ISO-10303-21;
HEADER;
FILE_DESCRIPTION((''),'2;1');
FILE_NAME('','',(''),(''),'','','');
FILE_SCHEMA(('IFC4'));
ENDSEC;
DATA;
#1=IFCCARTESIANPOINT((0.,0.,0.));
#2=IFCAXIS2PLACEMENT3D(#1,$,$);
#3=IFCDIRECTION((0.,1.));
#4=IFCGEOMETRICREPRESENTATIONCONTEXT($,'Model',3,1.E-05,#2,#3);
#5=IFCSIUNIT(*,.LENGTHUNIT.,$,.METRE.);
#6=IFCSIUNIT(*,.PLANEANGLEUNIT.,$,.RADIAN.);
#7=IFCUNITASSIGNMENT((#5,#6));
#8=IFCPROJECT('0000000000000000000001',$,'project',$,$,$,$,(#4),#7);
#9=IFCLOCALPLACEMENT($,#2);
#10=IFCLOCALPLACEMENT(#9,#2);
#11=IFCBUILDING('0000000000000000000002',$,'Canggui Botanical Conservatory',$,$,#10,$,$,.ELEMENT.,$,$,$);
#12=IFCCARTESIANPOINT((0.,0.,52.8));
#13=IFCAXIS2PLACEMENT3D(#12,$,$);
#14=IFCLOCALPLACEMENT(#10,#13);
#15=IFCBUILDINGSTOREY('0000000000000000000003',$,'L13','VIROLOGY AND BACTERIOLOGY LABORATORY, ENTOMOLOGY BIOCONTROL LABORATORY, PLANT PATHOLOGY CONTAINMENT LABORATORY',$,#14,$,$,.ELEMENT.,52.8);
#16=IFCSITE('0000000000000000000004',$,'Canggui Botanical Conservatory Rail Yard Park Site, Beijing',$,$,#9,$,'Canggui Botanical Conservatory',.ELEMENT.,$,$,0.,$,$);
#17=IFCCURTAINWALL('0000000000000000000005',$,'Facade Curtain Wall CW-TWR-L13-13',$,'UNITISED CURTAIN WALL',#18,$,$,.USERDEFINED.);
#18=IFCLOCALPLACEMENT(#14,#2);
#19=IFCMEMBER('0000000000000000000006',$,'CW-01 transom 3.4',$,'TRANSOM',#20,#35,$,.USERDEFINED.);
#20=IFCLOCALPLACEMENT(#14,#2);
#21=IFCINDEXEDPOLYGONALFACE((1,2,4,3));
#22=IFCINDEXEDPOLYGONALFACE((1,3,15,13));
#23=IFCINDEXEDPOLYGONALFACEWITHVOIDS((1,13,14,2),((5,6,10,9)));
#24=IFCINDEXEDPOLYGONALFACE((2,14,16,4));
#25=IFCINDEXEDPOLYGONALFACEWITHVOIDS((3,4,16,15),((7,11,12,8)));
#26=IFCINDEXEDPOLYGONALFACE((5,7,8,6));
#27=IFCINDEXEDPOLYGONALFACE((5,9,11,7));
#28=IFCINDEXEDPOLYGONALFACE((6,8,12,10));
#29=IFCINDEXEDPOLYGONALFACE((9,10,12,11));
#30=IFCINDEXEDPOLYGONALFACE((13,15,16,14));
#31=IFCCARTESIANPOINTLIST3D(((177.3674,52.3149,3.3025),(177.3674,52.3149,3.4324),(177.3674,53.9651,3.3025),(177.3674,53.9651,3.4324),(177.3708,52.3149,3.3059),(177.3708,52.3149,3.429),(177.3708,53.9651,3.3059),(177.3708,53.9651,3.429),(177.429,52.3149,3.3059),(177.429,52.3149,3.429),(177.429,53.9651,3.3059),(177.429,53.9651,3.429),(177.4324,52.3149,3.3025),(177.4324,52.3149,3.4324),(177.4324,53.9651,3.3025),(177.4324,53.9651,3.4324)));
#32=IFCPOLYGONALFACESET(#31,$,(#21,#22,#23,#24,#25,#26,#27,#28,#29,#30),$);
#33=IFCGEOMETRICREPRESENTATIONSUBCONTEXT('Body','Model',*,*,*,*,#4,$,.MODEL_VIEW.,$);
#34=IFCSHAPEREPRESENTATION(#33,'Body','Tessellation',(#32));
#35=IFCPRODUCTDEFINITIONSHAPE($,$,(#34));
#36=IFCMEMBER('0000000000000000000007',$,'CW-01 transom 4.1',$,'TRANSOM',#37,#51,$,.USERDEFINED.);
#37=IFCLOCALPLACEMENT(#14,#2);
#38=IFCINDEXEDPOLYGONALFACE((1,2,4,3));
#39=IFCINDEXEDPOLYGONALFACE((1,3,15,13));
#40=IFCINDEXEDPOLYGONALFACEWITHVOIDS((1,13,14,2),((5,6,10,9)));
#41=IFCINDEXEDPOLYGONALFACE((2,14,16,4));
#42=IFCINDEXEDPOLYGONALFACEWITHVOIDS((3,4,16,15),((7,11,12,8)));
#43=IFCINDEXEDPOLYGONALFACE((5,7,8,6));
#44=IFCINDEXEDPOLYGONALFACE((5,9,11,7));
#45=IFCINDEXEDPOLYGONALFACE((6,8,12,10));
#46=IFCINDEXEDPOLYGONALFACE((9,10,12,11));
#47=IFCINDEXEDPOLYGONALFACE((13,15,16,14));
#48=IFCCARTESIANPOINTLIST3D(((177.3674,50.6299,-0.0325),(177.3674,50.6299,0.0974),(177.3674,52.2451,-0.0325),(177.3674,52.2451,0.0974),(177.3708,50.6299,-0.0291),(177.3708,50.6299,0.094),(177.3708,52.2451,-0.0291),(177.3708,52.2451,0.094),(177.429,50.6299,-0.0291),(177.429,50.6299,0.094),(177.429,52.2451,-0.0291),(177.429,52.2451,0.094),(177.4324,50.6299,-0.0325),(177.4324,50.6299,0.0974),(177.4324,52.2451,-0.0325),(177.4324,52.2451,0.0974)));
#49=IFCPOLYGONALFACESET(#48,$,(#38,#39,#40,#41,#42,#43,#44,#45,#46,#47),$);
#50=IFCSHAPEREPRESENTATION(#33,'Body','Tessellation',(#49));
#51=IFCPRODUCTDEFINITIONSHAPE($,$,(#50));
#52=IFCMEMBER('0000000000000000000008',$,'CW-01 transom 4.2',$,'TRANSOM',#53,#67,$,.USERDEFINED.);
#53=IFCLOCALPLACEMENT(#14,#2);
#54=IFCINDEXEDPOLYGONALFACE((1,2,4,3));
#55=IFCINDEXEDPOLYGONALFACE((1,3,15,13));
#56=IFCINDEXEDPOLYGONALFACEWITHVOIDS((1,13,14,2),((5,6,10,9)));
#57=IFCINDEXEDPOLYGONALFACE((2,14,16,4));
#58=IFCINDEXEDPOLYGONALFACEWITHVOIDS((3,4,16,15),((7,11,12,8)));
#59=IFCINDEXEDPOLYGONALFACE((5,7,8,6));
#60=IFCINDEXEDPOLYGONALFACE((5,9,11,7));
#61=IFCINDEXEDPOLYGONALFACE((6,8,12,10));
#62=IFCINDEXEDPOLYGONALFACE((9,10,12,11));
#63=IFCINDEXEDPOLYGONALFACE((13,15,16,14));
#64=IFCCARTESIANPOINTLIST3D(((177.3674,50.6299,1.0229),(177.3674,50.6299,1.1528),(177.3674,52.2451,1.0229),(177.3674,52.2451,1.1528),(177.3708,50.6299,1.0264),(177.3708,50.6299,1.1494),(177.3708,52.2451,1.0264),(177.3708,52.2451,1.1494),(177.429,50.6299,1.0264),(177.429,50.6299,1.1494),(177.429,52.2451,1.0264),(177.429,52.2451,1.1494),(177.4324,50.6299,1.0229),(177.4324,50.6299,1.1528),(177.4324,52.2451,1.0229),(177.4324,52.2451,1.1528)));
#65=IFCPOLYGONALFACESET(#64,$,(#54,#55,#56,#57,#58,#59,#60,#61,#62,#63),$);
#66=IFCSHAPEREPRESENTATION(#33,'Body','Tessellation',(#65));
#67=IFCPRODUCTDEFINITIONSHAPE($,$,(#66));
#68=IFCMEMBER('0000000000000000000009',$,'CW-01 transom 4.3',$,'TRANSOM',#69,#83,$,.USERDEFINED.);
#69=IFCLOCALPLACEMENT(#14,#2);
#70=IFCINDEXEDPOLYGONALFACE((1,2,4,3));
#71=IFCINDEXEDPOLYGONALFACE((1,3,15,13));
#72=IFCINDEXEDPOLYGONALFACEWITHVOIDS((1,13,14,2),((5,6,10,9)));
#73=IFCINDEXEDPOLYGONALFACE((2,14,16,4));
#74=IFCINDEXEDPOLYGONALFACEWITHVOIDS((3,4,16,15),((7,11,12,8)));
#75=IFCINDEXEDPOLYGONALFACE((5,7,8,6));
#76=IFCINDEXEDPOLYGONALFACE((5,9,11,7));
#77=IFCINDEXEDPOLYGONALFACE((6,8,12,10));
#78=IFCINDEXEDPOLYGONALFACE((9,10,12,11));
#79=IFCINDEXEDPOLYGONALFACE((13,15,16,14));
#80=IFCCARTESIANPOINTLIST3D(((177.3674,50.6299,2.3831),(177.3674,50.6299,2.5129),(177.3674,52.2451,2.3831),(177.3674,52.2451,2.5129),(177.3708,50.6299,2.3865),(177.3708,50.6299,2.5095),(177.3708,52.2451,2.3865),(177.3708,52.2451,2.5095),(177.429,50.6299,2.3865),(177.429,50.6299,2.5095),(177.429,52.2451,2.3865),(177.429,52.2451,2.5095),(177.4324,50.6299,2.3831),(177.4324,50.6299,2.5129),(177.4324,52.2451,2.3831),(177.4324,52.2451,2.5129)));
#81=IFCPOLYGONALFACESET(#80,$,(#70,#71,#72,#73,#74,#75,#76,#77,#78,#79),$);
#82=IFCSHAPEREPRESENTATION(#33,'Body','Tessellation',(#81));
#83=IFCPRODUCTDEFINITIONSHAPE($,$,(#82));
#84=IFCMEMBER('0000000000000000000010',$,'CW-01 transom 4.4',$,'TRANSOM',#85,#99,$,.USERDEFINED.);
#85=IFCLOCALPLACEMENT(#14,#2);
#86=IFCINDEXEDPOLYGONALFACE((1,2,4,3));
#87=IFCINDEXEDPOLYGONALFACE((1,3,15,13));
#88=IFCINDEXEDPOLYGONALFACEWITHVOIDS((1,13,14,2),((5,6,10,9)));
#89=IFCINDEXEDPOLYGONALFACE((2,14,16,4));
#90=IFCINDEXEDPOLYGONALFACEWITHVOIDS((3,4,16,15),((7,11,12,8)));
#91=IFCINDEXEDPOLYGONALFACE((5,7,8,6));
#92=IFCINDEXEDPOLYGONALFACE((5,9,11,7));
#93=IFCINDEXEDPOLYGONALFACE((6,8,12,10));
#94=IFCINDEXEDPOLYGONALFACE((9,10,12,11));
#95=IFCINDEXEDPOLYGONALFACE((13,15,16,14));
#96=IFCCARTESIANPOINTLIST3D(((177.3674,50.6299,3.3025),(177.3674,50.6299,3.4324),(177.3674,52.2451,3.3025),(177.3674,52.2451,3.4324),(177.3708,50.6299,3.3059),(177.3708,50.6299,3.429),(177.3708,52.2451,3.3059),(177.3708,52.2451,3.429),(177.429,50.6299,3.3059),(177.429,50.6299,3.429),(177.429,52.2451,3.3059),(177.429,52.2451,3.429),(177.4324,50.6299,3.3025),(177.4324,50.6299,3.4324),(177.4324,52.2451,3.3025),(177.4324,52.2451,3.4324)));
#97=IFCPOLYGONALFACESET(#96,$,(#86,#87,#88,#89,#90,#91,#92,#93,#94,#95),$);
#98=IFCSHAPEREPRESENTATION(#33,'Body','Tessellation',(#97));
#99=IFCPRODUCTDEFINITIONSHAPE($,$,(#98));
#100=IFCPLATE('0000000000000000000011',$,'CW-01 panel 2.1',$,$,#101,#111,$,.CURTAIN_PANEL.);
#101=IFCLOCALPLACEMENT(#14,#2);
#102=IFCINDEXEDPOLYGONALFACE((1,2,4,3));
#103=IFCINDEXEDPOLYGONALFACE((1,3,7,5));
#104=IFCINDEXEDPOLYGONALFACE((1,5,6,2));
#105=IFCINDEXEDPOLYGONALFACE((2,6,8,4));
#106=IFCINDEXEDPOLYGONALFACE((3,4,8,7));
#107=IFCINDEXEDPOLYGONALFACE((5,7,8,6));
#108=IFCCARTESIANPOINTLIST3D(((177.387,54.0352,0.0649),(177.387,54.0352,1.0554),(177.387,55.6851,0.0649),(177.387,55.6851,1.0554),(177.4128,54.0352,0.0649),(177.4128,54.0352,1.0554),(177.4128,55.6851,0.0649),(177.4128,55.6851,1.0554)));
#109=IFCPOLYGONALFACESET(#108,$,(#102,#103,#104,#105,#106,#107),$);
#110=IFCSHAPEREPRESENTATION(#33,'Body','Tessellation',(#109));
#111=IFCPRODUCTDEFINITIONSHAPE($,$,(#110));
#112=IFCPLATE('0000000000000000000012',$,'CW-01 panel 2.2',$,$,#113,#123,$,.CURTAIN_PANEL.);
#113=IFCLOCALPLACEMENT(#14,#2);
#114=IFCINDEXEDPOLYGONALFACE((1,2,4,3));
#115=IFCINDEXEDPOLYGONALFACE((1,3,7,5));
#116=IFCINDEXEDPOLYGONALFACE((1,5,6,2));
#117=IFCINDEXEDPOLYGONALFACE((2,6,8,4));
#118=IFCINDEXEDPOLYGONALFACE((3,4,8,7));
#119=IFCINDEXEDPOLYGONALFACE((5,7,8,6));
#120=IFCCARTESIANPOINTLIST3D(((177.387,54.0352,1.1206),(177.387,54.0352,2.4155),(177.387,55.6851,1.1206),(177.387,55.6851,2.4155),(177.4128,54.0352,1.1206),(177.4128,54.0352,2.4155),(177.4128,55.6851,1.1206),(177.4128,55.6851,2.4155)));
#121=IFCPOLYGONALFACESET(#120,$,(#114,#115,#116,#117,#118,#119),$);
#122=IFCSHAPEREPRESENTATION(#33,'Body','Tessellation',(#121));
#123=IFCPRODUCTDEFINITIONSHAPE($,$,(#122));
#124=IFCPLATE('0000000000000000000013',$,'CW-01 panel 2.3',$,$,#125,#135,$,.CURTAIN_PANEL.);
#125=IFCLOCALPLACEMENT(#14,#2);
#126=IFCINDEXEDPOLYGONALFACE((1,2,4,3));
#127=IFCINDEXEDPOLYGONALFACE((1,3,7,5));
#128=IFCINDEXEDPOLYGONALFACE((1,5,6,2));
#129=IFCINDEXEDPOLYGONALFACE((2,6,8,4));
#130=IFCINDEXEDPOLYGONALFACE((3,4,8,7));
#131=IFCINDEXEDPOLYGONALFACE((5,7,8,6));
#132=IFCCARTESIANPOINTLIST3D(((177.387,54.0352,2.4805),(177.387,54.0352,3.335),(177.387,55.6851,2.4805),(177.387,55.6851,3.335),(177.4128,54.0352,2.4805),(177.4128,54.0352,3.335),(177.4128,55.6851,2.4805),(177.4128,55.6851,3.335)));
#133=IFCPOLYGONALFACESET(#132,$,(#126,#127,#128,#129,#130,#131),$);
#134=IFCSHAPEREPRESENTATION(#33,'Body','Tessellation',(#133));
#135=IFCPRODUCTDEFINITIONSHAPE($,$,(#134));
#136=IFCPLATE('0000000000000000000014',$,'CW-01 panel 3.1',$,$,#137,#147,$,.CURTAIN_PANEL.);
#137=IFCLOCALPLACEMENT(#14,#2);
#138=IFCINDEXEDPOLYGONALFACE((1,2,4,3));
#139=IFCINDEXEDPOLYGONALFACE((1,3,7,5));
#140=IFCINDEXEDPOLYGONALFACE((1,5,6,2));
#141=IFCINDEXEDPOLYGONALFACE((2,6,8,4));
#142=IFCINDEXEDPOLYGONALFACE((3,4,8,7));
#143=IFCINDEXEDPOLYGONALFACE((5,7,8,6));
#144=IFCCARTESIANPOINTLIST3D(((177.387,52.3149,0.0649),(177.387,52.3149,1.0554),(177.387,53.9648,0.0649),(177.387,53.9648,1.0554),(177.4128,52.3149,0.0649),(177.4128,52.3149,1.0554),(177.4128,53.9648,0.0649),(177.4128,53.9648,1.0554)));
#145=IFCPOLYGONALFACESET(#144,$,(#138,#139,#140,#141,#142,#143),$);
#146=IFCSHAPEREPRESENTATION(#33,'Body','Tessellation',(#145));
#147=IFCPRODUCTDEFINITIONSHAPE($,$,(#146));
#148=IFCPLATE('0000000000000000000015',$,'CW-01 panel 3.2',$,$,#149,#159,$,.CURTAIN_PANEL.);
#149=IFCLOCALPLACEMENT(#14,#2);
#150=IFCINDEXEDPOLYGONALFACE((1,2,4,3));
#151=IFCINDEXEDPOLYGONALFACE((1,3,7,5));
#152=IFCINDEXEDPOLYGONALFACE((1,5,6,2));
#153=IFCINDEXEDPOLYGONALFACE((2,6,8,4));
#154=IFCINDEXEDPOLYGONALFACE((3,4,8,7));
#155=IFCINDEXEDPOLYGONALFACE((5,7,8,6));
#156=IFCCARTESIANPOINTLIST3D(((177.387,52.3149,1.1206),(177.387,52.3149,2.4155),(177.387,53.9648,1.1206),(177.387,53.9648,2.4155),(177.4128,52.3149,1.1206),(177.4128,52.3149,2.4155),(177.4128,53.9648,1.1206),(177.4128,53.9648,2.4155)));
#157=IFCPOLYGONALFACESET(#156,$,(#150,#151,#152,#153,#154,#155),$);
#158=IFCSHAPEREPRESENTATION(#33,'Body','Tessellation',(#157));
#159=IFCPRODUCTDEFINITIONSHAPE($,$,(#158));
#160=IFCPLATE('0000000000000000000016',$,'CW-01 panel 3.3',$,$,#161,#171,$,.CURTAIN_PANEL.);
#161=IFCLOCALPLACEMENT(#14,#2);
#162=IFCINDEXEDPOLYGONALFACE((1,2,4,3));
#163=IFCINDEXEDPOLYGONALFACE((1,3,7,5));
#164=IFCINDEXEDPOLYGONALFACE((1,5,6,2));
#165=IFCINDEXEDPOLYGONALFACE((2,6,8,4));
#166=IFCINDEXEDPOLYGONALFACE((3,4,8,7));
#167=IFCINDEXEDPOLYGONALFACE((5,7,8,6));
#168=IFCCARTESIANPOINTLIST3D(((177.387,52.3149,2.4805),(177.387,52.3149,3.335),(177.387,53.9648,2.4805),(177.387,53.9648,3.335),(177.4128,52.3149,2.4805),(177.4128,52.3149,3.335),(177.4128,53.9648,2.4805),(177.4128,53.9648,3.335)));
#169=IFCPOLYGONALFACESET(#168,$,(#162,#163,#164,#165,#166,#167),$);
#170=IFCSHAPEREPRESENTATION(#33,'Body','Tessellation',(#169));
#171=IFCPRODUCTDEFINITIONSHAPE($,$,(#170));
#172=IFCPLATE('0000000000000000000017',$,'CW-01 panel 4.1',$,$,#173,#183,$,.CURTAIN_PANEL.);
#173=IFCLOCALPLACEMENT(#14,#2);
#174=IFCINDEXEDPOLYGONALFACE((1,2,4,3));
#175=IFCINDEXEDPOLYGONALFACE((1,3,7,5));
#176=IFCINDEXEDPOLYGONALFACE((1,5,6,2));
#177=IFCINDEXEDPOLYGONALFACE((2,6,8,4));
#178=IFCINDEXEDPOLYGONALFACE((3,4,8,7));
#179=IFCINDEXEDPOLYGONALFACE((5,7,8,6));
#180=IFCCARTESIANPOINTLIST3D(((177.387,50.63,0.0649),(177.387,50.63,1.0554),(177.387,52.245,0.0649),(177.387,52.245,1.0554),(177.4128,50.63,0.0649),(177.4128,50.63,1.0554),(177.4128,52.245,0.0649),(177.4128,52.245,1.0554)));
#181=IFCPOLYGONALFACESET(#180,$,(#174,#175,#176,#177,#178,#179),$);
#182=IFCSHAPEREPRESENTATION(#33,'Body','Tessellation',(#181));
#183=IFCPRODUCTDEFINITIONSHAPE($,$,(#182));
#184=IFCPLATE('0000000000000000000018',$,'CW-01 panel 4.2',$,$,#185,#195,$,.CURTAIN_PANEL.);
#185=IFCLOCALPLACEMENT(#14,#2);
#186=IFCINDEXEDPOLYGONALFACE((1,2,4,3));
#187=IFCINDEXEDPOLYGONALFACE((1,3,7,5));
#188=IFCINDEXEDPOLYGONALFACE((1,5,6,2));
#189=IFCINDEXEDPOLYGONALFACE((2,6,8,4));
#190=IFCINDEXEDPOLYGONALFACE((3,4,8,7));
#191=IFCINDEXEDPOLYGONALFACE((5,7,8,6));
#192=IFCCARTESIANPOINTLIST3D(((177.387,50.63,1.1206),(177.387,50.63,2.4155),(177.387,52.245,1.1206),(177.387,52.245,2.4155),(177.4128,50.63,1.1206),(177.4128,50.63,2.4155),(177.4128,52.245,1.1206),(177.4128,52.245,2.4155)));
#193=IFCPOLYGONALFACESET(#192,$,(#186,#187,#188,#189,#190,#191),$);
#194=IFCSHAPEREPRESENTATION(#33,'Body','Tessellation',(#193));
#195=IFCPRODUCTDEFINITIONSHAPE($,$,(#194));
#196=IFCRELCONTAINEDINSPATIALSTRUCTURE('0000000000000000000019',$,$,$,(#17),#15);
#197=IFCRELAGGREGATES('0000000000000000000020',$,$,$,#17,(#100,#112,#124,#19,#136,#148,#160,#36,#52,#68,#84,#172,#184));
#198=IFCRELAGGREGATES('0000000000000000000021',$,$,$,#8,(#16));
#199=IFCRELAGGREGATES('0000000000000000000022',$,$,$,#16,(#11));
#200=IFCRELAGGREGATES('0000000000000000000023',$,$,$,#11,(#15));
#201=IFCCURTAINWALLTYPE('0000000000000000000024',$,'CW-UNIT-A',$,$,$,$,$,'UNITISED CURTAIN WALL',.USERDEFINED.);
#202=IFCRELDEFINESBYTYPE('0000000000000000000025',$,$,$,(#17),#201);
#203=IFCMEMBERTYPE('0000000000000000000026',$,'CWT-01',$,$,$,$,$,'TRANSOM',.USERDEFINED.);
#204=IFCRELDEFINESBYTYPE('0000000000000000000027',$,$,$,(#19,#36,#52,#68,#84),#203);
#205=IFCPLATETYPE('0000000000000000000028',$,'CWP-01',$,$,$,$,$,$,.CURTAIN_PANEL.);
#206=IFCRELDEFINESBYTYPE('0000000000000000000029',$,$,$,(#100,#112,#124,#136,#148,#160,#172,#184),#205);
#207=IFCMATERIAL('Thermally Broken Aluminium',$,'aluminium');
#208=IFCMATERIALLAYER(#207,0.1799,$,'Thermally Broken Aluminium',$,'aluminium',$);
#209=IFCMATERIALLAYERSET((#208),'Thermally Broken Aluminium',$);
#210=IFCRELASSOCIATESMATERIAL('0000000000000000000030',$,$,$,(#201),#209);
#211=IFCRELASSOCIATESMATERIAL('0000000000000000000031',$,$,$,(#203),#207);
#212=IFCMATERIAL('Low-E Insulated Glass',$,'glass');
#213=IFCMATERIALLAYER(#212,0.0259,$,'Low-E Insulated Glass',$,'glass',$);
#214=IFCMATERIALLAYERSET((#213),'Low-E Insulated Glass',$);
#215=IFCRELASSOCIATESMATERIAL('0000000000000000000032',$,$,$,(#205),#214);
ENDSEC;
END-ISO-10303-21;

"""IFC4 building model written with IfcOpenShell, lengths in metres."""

from ifc_helpers import new_model, si_unit, direction, frame, origin, origin_2d, place, context, subcontext, project, spatial, rectangle, hollow_rectangle, extrude, material, layer, layer_set, material_profile, profile_set, type_object, element, aggregate, save


model = new_model("IFC4")

# Units and contexts
model_context = context("Model", 3, precision=1e-05, world=origin(), true_north=direction((0.0, 1.0)))
body_context = subcontext(model_context, "Body", "Model", "MODEL_VIEW")
ifc_project = project(units=[si_unit("LENGTHUNIT", "METRE"), si_unit("PLANEANGLEUNIT", "RADIAN")], contexts=[model_context])

# Site, building, storey
site_placement = place(None, origin())
site = spatial("IfcSite", under=ifc_project, at=site_placement, Name="Canggui Botanical Conservatory Rail Yard Park Site, Beijing", LongName="Canggui Botanical Conservatory", CompositionType="ELEMENT", RefElevation=0.0)
building_placement = place(site_placement, origin())
building = spatial("IfcBuilding", under=site, at=building_placement, Name="Canggui Botanical Conservatory", CompositionType="ELEMENT")
storey_placement = place(building_placement, frame((0.0, 0.0, 52.8)))
storey = spatial("IfcBuildingStorey", under=building, at=storey_placement, Name="L13", Description="VIROLOGY AND BACTERIOLOGY LABORATORY, ENTOMOLOGY BIOCONTROL LABORATORY, PLANT PATHOLOGY CONTAINMENT LABORATORY", CompositionType="ELEMENT", Elevation=52.8)

# Curtain wall, members, plates
ifc_material_1 = material(Name="Thermally Broken Aluminium", Category="aluminium")
ifc_layer_1 = layer(ifc_material_1, 0.1799, Name="Thermally Broken Aluminium", Category="aluminium")
ifc_layer_set_1 = layer_set([ifc_layer_1], Name="Thermally Broken Aluminium")
curtain_wall_type = type_object("IfcCurtainWallType", Name="CW-UNIT-A", ElementType="UNITISED CURTAIN WALL", PredefinedType="USERDEFINED", material=ifc_layer_set_1)
curtain_wall_placement = place(storey_placement, origin())
curtain_wall = element("IfcCurtainWall", 1, at=curtain_wall_placement, inside=storey, type_object=curtain_wall_type, Name="Facade Curtain Wall CW-TWR-L13-13", ObjectType="UNITISED CURTAIN WALL", PredefinedType="USERDEFINED")
ifc_material_profile_1 = material_profile(ifc_material_1, hollow_rectangle(XDim=0.0649, YDim=0.1299, WallThickness=0.0034, at=origin_2d()), Name="CWT 65x130x3.5")
ifc_profile_set_1 = profile_set([ifc_material_profile_1], Name="Thermally Broken Aluminium")
member_type_1 = type_object("IfcMemberType", Name="CWT-01", ElementType="TRANSOM", PredefinedType="USERDEFINED", material=ifc_profile_set_1)
member_1_placement = place(storey_placement, frame((177.3999, 53.9651, 3.3674), z_axis=(0.0, -1.0, 0.0), x_axis=(1.0, 0.0, 0.0)))
member_1 = element("IfcMember", 2, at=member_1_placement, type_object=member_type_1, Name="CW-01 transom 3.4", ObjectType="TRANSOM", PredefinedType="USERDEFINED", context=body_context, shape_type="SweptSolid", body=[
    extrude(hollow_rectangle(XDim=0.0649, YDim=0.1299, WallThickness=0.0034, at=origin_2d()), origin(), (0.0, 0.0, 1.0), 1.6501),
])
member_2_placement = place(storey_placement, frame((177.3999, 52.2451, 0.0325), z_axis=(0.0, -1.0, 0.0), x_axis=(1.0, 0.0, 0.0)))
member_2 = element("IfcMember", 3, at=member_2_placement, type_object=member_type_1, Name="CW-01 transom 4.1", ObjectType="TRANSOM", PredefinedType="USERDEFINED", context=body_context, shape_type="SweptSolid", body=[
    extrude(hollow_rectangle(XDim=0.0649, YDim=0.1299, WallThickness=0.0034, at=origin_2d()), origin(), (0.0, 0.0, 1.0), 1.6152),
])
member_3_placement = place(storey_placement, frame((177.3999, 52.2451, 1.0879), z_axis=(0.0, -1.0, 0.0), x_axis=(1.0, 0.0, 0.0)))
member_3 = element("IfcMember", 4, at=member_3_placement, type_object=member_type_1, Name="CW-01 transom 4.2", ObjectType="TRANSOM", PredefinedType="USERDEFINED", context=body_context, shape_type="SweptSolid", body=[
    extrude(hollow_rectangle(XDim=0.0649, YDim=0.1299, WallThickness=0.0034, at=origin_2d()), origin(), (0.0, 0.0, 1.0), 1.6152),
])
member_4_placement = place(storey_placement, frame((177.3999, 52.2451, 2.448), z_axis=(0.0, -1.0, 0.0), x_axis=(1.0, 0.0, 0.0)))
member_4 = element("IfcMember", 5, at=member_4_placement, type_object=member_type_1, Name="CW-01 transom 4.3", ObjectType="TRANSOM", PredefinedType="USERDEFINED", context=body_context, shape_type="SweptSolid", body=[
    extrude(hollow_rectangle(XDim=0.0649, YDim=0.1299, WallThickness=0.0034, at=origin_2d()), origin(), (0.0, 0.0, 1.0), 1.6152),
])
member_5_placement = place(storey_placement, frame((177.3999, 52.2451, 3.3674), z_axis=(0.0, -1.0, 0.0), x_axis=(1.0, 0.0, 0.0)))
member_5 = element("IfcMember", 6, at=member_5_placement, type_object=member_type_1, Name="CW-01 transom 4.4", ObjectType="TRANSOM", PredefinedType="USERDEFINED", context=body_context, shape_type="SweptSolid", body=[
    extrude(hollow_rectangle(XDim=0.0649, YDim=0.1299, WallThickness=0.0034, at=origin_2d()), origin(), (0.0, 0.0, 1.0), 1.6152),
])
ifc_material_2 = material(Name="Low-E Insulated Glass", Category="glass")
ifc_layer_2 = layer(ifc_material_2, 0.0259, Name="Low-E Insulated Glass", Category="glass")
ifc_layer_set_2 = layer_set([ifc_layer_2], Name="Low-E Insulated Glass")
plate_type = type_object("IfcPlateType", Name="CWP-01", PredefinedType="CURTAIN_PANEL", material=ifc_layer_set_2)
plate_1_placement = place(storey_placement, frame((177.3999, 54.8601, 0.0649), z_axis=(0.0, 0.0, 1.0), x_axis=(0.0, -1.0, 0.0)))
plate_1 = element("IfcPlate", 7, at=plate_1_placement, type_object=plate_type, Name="CW-01 panel 2.1", PredefinedType="CURTAIN_PANEL", context=body_context, shape_type="SweptSolid", body=[
    extrude(rectangle(XDim=1.6499, YDim=0.0259, at=origin_2d()), origin(), (0.0, 0.0, 1.0), 0.9905),
])
plate_2_placement = place(storey_placement, frame((177.3999, 54.8601, 1.1206), z_axis=(0.0, 0.0, 1.0), x_axis=(0.0, -1.0, 0.0)))
plate_2 = element("IfcPlate", 8, at=plate_2_placement, type_object=plate_type, Name="CW-01 panel 2.2", PredefinedType="CURTAIN_PANEL", context=body_context, shape_type="SweptSolid", body=[
    extrude(rectangle(XDim=1.6499, YDim=0.0259, at=origin_2d()), origin(), (0.0, 0.0, 1.0), 1.2949),
])
plate_3_placement = place(storey_placement, frame((177.3999, 54.8601, 2.4805), z_axis=(0.0, 0.0, 1.0), x_axis=(0.0, -1.0, 0.0)))
plate_3 = element("IfcPlate", 9, at=plate_3_placement, type_object=plate_type, Name="CW-01 panel 2.3", PredefinedType="CURTAIN_PANEL", context=body_context, shape_type="SweptSolid", body=[
    extrude(rectangle(XDim=1.6499, YDim=0.0259, at=origin_2d()), origin(), (0.0, 0.0, 1.0), 0.8545),
])
plate_4_placement = place(storey_placement, frame((177.3999, 53.1399, 0.0649), z_axis=(0.0, 0.0, 1.0), x_axis=(0.0, -1.0, 0.0)))
plate_4 = element("IfcPlate", 10, at=plate_4_placement, type_object=plate_type, Name="CW-01 panel 3.1", PredefinedType="CURTAIN_PANEL", context=body_context, shape_type="SweptSolid", body=[
    extrude(rectangle(XDim=1.6499, YDim=0.0259, at=origin_2d()), origin(), (0.0, 0.0, 1.0), 0.9905),
])
plate_5_placement = place(storey_placement, frame((177.3999, 53.1399, 1.1206), z_axis=(0.0, 0.0, 1.0), x_axis=(0.0, -1.0, 0.0)))
plate_5 = element("IfcPlate", 11, at=plate_5_placement, type_object=plate_type, Name="CW-01 panel 3.2", PredefinedType="CURTAIN_PANEL", context=body_context, shape_type="SweptSolid", body=[
    extrude(rectangle(XDim=1.6499, YDim=0.0259, at=origin_2d()), origin(), (0.0, 0.0, 1.0), 1.2949),
])
plate_6_placement = place(storey_placement, frame((177.3999, 53.1399, 2.4805), z_axis=(0.0, 0.0, 1.0), x_axis=(0.0, -1.0, 0.0)))
plate_6 = element("IfcPlate", 12, at=plate_6_placement, type_object=plate_type, Name="CW-01 panel 3.3", PredefinedType="CURTAIN_PANEL", context=body_context, shape_type="SweptSolid", body=[
    extrude(rectangle(XDim=1.6499, YDim=0.0259, at=origin_2d()), origin(), (0.0, 0.0, 1.0), 0.8545),
])
plate_7_placement = place(storey_placement, frame((177.3999, 51.4375, 0.0649), z_axis=(0.0, 0.0, 1.0), x_axis=(0.0, -1.0, 0.0)))
plate_7 = element("IfcPlate", 13, at=plate_7_placement, type_object=plate_type, Name="CW-01 panel 4.1", PredefinedType="CURTAIN_PANEL", context=body_context, shape_type="SweptSolid", body=[
    extrude(rectangle(XDim=1.615, YDim=0.0259, at=origin_2d()), origin(), (0.0, 0.0, 1.0), 0.9905),
])
plate_8_placement = place(storey_placement, frame((177.3999, 51.4375, 1.1206), z_axis=(0.0, 0.0, 1.0), x_axis=(0.0, -1.0, 0.0)))
plate_8 = element("IfcPlate", 14, at=plate_8_placement, type_object=plate_type, Name="CW-01 panel 4.2", PredefinedType="CURTAIN_PANEL", context=body_context, shape_type="SweptSolid", body=[
    extrude(rectangle(XDim=1.615, YDim=0.0259, at=origin_2d()), origin(), (0.0, 0.0, 1.0), 1.2949),
])
aggregate(curtain_wall, [plate_1, plate_2, plate_3, member_1, plate_4, plate_5, plate_6, member_2, member_3, member_4, member_5, plate_7, plate_8])

save(model, "model.ifc")
